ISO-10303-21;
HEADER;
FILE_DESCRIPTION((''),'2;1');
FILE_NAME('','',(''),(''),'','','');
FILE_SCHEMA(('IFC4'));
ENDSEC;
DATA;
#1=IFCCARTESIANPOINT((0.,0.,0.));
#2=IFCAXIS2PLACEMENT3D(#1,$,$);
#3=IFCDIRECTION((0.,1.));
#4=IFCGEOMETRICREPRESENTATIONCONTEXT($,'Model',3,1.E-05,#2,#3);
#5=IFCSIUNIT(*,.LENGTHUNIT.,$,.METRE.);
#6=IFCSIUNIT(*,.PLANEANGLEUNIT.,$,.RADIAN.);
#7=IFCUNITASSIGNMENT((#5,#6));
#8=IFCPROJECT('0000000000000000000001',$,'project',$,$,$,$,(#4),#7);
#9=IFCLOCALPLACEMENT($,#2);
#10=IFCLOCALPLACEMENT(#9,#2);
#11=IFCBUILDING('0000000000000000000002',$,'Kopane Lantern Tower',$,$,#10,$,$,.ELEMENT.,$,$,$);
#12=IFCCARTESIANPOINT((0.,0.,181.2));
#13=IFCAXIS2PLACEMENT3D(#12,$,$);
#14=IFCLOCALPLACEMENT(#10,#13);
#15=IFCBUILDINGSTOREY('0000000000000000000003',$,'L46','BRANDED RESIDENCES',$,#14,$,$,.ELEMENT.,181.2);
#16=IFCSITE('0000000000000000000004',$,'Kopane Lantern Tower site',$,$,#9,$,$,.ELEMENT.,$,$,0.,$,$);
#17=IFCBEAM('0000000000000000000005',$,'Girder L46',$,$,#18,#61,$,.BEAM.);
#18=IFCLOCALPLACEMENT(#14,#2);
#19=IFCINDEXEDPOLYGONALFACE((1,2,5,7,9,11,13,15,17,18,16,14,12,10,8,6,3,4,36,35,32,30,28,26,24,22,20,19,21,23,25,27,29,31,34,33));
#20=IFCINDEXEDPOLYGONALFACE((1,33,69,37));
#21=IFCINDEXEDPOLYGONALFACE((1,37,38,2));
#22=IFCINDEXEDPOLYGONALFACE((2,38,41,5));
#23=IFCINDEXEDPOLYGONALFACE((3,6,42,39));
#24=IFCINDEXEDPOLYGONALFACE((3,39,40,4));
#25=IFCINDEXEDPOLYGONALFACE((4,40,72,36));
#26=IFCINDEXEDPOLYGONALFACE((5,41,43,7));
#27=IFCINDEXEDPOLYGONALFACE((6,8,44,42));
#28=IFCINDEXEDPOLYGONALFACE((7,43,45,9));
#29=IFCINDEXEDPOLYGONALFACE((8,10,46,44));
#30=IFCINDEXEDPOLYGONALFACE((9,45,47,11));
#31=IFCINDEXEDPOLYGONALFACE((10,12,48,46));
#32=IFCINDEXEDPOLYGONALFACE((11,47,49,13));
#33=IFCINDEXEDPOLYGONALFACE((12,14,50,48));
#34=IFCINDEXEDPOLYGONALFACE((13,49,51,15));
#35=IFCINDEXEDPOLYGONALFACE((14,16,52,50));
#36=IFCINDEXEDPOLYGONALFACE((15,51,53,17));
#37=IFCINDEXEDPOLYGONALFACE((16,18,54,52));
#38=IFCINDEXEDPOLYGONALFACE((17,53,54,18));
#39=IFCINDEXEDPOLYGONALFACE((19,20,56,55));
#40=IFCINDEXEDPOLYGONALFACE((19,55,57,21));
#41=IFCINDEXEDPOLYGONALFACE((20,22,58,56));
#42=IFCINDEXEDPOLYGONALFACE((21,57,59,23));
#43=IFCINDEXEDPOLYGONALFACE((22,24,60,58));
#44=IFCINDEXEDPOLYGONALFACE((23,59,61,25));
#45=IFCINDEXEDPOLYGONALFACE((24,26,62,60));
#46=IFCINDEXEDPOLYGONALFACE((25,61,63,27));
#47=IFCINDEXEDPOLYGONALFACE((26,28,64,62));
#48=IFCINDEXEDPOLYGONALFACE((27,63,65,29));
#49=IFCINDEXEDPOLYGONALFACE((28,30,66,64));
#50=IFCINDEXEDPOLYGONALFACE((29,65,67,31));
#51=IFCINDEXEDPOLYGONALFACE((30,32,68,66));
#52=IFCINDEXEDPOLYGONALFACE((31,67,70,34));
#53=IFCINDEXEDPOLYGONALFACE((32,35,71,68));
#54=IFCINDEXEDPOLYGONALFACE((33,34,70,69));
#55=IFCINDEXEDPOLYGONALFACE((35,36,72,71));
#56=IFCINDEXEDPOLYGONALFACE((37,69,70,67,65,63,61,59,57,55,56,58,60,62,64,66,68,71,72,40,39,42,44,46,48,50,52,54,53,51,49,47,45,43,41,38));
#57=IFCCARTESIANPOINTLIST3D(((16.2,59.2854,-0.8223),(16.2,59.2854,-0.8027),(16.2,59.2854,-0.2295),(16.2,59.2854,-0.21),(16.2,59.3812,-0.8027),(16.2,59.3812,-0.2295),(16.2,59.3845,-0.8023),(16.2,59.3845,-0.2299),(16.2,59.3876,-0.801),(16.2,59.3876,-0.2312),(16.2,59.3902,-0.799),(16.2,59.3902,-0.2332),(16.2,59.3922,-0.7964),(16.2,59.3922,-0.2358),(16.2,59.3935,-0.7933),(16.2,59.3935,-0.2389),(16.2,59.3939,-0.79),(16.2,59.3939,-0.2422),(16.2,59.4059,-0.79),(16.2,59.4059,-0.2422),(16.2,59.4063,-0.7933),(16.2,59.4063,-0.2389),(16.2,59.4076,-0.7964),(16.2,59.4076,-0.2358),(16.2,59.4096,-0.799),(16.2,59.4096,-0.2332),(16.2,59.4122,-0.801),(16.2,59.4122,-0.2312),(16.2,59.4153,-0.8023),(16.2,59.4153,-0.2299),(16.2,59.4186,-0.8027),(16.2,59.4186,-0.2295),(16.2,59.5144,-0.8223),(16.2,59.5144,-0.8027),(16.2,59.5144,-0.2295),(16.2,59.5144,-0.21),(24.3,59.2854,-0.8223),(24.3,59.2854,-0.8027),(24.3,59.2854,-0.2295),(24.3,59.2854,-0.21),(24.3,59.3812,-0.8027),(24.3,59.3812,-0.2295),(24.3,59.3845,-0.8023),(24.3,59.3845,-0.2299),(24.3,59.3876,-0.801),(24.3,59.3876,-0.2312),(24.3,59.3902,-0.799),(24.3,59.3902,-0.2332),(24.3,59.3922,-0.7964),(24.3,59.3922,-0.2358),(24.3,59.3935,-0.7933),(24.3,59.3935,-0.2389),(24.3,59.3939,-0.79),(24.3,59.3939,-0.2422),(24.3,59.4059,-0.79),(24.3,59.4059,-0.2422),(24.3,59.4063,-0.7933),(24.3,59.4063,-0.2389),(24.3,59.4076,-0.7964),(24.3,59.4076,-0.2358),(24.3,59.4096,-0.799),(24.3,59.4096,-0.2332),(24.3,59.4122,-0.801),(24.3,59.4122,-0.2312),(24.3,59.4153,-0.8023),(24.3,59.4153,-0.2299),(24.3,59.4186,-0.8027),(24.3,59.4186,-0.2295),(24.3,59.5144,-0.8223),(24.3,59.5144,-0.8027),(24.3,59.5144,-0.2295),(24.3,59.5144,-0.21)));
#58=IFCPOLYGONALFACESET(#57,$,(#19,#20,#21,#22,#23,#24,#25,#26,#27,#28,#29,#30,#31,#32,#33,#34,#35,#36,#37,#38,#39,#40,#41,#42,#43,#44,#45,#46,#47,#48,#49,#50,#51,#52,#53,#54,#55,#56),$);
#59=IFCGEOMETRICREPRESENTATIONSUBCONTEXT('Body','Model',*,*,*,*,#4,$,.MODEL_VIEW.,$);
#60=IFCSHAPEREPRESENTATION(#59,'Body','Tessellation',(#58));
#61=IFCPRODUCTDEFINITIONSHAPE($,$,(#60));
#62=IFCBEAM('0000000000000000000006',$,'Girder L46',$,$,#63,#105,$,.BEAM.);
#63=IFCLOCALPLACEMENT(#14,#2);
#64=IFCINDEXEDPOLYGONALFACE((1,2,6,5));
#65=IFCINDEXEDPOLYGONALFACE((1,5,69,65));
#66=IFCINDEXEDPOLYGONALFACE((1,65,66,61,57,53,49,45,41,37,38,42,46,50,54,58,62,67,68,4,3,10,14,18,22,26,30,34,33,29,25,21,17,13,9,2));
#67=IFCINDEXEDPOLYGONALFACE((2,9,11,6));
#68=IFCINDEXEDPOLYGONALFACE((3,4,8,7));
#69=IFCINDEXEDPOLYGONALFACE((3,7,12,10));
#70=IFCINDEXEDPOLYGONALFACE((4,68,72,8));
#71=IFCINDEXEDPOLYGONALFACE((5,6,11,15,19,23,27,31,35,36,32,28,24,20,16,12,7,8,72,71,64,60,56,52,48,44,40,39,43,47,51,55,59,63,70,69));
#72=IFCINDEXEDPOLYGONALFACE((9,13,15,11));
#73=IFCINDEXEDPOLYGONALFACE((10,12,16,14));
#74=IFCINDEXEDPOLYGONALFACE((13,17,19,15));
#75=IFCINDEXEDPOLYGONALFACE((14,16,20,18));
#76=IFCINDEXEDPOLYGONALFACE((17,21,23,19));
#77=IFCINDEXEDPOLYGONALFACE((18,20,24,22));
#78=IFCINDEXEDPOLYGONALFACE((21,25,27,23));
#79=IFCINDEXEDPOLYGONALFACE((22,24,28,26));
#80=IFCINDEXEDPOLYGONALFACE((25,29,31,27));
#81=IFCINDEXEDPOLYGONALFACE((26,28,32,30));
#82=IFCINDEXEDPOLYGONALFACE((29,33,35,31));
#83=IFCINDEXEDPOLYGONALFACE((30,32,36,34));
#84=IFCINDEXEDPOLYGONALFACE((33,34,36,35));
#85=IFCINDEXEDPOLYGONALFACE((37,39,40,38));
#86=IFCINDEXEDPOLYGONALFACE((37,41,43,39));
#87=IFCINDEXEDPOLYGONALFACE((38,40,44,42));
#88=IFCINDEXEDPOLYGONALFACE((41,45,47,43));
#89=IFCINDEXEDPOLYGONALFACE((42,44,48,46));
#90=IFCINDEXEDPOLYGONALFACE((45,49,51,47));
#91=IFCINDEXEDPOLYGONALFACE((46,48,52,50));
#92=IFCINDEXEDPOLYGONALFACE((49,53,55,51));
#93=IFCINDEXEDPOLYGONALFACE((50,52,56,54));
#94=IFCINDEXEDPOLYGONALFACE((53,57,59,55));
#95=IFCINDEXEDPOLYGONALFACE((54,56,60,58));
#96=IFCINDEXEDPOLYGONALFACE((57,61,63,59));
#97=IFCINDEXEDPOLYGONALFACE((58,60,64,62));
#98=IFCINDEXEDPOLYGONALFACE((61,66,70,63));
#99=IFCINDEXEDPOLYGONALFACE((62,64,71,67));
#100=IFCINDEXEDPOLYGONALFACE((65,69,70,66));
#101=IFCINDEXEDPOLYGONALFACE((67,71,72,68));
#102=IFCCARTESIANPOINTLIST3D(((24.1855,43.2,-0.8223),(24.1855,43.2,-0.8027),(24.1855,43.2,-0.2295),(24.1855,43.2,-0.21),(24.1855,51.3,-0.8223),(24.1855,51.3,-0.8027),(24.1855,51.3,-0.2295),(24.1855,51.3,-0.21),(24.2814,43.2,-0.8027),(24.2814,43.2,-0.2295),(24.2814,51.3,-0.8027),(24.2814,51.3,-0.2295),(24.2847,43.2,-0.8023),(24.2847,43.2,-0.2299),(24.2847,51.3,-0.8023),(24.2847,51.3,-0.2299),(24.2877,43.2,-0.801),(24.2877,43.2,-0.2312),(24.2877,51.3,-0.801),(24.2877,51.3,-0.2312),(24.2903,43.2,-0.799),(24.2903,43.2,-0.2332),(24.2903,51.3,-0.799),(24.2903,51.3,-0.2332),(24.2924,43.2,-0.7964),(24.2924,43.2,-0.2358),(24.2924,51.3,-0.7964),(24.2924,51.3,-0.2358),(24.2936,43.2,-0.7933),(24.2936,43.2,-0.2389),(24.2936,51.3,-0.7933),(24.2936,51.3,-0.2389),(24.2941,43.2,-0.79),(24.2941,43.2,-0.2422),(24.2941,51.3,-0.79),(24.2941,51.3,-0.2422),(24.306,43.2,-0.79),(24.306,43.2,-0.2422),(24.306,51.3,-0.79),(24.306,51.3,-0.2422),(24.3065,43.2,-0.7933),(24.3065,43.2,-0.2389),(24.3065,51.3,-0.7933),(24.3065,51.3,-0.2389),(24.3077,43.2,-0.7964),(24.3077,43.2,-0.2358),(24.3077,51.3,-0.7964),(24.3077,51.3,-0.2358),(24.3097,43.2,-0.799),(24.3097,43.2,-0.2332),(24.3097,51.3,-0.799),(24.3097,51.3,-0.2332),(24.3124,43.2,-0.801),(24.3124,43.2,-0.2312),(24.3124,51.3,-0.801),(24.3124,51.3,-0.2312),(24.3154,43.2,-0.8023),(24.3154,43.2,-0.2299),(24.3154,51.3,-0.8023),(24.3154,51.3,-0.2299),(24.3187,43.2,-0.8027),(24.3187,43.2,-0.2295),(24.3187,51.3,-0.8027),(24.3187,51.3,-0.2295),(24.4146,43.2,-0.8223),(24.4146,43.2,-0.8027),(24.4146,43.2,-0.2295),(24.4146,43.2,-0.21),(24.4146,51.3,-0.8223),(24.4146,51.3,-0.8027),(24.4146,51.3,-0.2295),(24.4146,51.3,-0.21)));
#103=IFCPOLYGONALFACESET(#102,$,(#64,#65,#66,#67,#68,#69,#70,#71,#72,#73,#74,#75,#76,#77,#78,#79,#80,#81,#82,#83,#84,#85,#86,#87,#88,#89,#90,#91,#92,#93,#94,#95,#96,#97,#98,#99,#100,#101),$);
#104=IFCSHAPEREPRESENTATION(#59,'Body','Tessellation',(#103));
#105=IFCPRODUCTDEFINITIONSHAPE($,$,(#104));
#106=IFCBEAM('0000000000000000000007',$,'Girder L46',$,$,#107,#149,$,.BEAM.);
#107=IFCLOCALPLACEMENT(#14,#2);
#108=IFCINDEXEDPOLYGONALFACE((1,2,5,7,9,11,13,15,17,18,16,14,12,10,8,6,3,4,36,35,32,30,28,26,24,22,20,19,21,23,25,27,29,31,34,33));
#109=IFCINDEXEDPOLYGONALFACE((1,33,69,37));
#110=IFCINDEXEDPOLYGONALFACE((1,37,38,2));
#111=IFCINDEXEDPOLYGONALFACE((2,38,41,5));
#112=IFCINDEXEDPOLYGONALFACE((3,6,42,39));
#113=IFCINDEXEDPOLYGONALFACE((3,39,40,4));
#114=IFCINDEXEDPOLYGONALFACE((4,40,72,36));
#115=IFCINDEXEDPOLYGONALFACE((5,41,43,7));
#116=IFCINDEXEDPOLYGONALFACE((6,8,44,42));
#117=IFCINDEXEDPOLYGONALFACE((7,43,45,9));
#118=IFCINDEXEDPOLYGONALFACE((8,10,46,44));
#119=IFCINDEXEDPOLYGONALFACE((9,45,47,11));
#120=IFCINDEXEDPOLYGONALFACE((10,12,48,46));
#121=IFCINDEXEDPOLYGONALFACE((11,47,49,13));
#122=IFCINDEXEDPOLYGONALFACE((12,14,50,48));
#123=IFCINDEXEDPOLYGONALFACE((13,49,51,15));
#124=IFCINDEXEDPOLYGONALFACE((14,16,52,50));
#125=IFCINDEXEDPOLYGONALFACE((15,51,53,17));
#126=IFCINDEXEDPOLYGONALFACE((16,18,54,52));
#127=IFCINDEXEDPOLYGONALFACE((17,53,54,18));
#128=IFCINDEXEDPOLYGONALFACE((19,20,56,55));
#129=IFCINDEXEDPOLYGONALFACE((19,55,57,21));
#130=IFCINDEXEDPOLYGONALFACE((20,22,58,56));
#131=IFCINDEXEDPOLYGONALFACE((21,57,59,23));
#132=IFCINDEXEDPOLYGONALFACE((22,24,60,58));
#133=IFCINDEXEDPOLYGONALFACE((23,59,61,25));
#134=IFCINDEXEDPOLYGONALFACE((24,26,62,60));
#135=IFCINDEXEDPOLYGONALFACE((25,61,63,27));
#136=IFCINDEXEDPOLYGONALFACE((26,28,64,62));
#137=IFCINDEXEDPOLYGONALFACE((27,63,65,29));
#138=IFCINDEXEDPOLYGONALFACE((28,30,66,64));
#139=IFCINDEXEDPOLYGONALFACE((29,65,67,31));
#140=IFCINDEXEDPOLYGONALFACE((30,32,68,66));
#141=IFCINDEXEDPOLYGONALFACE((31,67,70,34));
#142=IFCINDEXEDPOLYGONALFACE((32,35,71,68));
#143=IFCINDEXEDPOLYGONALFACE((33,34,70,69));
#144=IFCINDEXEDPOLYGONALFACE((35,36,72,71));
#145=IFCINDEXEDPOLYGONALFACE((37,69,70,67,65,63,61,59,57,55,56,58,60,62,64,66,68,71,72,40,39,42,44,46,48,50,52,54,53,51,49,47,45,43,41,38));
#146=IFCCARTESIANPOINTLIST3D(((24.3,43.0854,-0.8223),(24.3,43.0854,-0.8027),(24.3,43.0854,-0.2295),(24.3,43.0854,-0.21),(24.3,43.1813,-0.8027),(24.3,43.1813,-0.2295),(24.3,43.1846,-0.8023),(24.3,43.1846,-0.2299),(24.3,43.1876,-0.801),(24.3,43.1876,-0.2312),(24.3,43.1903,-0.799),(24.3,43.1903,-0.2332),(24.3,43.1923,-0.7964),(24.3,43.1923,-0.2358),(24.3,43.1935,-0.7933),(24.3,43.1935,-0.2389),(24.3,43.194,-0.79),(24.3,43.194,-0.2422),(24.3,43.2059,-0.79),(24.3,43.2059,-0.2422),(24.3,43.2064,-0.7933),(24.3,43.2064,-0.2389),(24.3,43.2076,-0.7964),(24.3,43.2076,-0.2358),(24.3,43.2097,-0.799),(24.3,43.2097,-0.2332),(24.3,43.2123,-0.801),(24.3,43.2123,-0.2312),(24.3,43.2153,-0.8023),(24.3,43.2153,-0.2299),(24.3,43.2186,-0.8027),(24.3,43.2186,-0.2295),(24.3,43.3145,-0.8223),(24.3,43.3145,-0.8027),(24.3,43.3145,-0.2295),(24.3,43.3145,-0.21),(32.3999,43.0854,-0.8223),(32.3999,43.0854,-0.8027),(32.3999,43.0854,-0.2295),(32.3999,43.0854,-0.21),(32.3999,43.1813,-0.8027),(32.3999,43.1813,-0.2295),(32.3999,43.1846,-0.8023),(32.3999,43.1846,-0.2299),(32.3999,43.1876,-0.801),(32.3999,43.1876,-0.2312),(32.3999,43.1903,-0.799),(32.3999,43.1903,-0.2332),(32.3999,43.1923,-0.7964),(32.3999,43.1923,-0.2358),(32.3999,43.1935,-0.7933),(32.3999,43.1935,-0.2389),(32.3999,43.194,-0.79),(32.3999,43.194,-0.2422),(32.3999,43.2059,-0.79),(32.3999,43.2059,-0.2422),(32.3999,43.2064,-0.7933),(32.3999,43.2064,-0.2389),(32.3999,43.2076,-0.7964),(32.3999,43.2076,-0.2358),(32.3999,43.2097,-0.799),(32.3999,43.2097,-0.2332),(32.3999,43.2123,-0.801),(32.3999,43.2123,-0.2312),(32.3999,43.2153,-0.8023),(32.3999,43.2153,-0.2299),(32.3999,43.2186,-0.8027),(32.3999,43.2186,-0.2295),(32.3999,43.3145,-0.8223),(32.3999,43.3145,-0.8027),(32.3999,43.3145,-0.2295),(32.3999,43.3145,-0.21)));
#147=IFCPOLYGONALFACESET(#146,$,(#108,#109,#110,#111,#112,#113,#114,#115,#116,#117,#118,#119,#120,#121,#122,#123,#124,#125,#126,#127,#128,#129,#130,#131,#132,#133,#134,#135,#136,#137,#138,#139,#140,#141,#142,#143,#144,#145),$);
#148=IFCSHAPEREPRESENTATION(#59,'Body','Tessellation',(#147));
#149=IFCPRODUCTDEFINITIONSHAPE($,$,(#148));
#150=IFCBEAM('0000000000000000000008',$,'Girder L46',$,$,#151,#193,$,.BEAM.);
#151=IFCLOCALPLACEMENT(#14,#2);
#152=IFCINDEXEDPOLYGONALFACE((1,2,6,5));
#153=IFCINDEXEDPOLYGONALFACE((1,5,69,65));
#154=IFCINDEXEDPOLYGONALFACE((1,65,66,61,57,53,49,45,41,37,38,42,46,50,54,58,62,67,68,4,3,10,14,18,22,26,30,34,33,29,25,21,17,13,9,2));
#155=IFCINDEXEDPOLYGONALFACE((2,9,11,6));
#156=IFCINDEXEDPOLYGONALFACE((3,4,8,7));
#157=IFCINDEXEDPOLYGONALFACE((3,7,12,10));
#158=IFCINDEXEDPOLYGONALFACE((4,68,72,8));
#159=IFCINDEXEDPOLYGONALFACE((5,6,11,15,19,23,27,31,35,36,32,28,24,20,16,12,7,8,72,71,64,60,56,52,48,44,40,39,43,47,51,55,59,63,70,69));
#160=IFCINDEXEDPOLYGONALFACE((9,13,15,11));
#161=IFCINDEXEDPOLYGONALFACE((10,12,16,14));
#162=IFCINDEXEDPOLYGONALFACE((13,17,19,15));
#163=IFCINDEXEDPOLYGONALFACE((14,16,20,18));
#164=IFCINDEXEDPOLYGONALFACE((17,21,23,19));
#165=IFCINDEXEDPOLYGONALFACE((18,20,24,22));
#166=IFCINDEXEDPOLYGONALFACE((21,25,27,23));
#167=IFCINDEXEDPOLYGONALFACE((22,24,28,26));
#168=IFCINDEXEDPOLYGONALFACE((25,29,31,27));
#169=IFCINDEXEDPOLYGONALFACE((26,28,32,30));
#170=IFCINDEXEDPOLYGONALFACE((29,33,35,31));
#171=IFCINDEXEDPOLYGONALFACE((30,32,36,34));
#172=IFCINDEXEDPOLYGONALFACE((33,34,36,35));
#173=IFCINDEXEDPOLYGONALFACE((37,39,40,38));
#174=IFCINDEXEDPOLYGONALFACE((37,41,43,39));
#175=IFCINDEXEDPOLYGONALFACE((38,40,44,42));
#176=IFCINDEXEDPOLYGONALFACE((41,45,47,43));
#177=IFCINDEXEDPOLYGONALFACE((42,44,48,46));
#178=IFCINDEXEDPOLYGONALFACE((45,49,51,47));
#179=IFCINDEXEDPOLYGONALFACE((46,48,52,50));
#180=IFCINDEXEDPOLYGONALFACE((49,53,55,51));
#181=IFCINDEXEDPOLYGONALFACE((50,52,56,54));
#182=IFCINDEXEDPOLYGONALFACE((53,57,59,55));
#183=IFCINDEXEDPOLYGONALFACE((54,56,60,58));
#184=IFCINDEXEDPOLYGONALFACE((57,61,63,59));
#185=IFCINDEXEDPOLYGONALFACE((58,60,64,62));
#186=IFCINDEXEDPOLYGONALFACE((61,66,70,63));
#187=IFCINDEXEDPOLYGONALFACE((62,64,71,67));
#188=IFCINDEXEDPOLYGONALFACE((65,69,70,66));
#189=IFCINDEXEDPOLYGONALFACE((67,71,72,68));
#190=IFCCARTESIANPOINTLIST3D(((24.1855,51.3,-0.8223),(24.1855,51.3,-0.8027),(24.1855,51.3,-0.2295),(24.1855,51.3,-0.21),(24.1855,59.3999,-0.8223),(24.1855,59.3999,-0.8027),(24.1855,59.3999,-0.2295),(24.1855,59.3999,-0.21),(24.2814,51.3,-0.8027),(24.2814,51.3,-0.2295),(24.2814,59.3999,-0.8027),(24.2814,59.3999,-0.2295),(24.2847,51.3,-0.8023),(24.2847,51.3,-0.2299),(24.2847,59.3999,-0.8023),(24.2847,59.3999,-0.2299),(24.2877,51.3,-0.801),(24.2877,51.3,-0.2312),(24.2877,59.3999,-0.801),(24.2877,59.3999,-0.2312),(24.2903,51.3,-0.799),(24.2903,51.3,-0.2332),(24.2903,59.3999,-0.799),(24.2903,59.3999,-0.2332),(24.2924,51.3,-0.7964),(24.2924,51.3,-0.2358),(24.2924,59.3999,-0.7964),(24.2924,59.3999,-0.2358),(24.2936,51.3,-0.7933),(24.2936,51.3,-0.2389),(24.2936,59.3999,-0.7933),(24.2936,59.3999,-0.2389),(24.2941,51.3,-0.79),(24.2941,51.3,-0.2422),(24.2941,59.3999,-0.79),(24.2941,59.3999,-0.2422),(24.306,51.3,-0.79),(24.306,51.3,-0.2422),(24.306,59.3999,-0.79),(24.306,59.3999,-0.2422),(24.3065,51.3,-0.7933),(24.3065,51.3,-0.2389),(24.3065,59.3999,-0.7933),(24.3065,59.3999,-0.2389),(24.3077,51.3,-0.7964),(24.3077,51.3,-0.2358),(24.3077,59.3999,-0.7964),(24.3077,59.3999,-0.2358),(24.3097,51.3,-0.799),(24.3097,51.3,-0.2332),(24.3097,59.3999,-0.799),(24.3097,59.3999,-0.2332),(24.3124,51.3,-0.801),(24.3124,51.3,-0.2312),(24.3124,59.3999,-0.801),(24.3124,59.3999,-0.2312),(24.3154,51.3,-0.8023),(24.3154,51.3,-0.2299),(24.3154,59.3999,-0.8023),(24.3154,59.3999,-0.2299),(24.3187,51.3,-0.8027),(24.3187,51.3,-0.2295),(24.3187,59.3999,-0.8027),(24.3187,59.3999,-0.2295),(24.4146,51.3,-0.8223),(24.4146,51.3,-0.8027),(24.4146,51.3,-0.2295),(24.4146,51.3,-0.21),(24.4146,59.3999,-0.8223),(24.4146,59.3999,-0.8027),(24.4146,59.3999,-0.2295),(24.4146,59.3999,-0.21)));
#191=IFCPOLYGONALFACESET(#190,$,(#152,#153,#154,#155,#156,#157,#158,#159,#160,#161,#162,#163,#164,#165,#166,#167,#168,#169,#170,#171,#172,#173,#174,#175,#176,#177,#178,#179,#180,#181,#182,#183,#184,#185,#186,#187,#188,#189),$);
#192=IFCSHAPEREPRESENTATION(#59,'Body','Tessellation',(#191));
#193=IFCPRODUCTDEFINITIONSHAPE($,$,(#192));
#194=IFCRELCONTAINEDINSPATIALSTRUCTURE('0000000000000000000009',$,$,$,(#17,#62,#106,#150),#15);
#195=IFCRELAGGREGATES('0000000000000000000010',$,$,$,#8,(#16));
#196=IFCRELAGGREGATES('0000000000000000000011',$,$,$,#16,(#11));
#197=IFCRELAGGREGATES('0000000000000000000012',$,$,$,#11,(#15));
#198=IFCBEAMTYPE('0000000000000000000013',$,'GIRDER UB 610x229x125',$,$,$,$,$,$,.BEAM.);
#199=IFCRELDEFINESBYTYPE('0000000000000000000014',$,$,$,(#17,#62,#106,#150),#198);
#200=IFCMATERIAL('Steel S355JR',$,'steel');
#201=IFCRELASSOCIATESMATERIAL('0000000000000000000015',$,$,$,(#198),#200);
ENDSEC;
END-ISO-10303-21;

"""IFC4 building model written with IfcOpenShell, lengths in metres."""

from ifc_helpers import new_model, si_unit, direction, frame, origin, origin_2d, place, context, subcontext, project, spatial, i_section, extrude, material, material_profile, profile_set, type_object, element, save


model = new_model("IFC4")

# Units and contexts
model_context = context("Model", 3, precision=1e-05, world=origin(), true_north=direction((0.0, 1.0)))
body_context = subcontext(model_context, "Body", "Model", "MODEL_VIEW")
ifc_project = project(units=[si_unit("LENGTHUNIT", "METRE"), si_unit("PLANEANGLEUNIT", "RADIAN")], contexts=[model_context])

# Site, building, storey
site_placement = place(None, origin())
site = spatial("IfcSite", under=ifc_project, at=site_placement, Name="Kopane Lantern Tower site", CompositionType="ELEMENT", RefElevation=0.0)
building_placement = place(site_placement, origin())
building = spatial("IfcBuilding", under=site, at=building_placement, Name="Kopane Lantern Tower", CompositionType="ELEMENT")
storey_placement = place(building_placement, frame((0.0, 0.0, 181.2)))
storey = spatial("IfcBuildingStorey", under=building, at=storey_placement, Name="L46", Description="BRANDED RESIDENCES", CompositionType="ELEMENT", Elevation=181.2)

# Beams
ifc_material_1 = material(Name="Steel S355JR", Category="steel")
ifc_material_profile_1 = material_profile(ifc_material_1, i_section(OverallWidth=0.229, OverallDepth=0.6123, WebThickness=0.012, FlangeThickness=0.0195, FilletRadius=0.0127, at=origin_2d()), Name="UB 610x229x125")
ifc_profile_set_1 = profile_set([ifc_material_profile_1], Name="Steel S355JR")
beam_type = type_object("IfcBeamType", Name="GIRDER UB 610x229x125", PredefinedType="BEAM", material=ifc_profile_set_1)
for number, where, z_axis, x_axis, name in (
    (1, (16.2, 59.3999, -0.5161), (1.0, 0.0, 0.0), (0.0, 1.0, 0.0), "Girder L46"),
    (2, (24.3, 43.2, -0.5161), (0.0, 1.0, 0.0), (-1.0, 0.0, 0.0), "Girder L46"),
):
    element("IfcBeam", number, at=place(storey_placement, frame(where, z_axis=z_axis, x_axis=x_axis)), inside=storey, type_object=beam_type, Name=name, PredefinedType="BEAM", context=body_context, shape_type="SweptSolid", body=[
        extrude(i_section(OverallWidth=0.229, OverallDepth=0.6123, WebThickness=0.012, FlangeThickness=0.0195, FilletRadius=0.0127, at=origin_2d()), origin(), (0.0, 0.0, 1.0), 8.1001),
    ])
for number, where, z_axis, x_axis, name in (
    (3, (24.3, 43.2, -0.5161), (1.0, 0.0, 0.0), (0.0, 1.0, 0.0), "Girder L46"),
    (4, (24.3, 51.3, -0.5161), (0.0, 1.0, 0.0), (-1.0, 0.0, 0.0), "Girder L46"),
):
    element("IfcBeam", number, at=place(storey_placement, frame(where, z_axis=z_axis, x_axis=x_axis)), inside=storey, type_object=beam_type, Name=name, PredefinedType="BEAM", context=body_context, shape_type="SweptSolid", body=[
        extrude(i_section(OverallWidth=0.229, OverallDepth=0.6123, WebThickness=0.012, FlangeThickness=0.0195, FilletRadius=0.0127, at=origin_2d()), origin(), (0.0, 0.0, 1.0), 8.0999),
    ])

save(model, "model.ifc")
